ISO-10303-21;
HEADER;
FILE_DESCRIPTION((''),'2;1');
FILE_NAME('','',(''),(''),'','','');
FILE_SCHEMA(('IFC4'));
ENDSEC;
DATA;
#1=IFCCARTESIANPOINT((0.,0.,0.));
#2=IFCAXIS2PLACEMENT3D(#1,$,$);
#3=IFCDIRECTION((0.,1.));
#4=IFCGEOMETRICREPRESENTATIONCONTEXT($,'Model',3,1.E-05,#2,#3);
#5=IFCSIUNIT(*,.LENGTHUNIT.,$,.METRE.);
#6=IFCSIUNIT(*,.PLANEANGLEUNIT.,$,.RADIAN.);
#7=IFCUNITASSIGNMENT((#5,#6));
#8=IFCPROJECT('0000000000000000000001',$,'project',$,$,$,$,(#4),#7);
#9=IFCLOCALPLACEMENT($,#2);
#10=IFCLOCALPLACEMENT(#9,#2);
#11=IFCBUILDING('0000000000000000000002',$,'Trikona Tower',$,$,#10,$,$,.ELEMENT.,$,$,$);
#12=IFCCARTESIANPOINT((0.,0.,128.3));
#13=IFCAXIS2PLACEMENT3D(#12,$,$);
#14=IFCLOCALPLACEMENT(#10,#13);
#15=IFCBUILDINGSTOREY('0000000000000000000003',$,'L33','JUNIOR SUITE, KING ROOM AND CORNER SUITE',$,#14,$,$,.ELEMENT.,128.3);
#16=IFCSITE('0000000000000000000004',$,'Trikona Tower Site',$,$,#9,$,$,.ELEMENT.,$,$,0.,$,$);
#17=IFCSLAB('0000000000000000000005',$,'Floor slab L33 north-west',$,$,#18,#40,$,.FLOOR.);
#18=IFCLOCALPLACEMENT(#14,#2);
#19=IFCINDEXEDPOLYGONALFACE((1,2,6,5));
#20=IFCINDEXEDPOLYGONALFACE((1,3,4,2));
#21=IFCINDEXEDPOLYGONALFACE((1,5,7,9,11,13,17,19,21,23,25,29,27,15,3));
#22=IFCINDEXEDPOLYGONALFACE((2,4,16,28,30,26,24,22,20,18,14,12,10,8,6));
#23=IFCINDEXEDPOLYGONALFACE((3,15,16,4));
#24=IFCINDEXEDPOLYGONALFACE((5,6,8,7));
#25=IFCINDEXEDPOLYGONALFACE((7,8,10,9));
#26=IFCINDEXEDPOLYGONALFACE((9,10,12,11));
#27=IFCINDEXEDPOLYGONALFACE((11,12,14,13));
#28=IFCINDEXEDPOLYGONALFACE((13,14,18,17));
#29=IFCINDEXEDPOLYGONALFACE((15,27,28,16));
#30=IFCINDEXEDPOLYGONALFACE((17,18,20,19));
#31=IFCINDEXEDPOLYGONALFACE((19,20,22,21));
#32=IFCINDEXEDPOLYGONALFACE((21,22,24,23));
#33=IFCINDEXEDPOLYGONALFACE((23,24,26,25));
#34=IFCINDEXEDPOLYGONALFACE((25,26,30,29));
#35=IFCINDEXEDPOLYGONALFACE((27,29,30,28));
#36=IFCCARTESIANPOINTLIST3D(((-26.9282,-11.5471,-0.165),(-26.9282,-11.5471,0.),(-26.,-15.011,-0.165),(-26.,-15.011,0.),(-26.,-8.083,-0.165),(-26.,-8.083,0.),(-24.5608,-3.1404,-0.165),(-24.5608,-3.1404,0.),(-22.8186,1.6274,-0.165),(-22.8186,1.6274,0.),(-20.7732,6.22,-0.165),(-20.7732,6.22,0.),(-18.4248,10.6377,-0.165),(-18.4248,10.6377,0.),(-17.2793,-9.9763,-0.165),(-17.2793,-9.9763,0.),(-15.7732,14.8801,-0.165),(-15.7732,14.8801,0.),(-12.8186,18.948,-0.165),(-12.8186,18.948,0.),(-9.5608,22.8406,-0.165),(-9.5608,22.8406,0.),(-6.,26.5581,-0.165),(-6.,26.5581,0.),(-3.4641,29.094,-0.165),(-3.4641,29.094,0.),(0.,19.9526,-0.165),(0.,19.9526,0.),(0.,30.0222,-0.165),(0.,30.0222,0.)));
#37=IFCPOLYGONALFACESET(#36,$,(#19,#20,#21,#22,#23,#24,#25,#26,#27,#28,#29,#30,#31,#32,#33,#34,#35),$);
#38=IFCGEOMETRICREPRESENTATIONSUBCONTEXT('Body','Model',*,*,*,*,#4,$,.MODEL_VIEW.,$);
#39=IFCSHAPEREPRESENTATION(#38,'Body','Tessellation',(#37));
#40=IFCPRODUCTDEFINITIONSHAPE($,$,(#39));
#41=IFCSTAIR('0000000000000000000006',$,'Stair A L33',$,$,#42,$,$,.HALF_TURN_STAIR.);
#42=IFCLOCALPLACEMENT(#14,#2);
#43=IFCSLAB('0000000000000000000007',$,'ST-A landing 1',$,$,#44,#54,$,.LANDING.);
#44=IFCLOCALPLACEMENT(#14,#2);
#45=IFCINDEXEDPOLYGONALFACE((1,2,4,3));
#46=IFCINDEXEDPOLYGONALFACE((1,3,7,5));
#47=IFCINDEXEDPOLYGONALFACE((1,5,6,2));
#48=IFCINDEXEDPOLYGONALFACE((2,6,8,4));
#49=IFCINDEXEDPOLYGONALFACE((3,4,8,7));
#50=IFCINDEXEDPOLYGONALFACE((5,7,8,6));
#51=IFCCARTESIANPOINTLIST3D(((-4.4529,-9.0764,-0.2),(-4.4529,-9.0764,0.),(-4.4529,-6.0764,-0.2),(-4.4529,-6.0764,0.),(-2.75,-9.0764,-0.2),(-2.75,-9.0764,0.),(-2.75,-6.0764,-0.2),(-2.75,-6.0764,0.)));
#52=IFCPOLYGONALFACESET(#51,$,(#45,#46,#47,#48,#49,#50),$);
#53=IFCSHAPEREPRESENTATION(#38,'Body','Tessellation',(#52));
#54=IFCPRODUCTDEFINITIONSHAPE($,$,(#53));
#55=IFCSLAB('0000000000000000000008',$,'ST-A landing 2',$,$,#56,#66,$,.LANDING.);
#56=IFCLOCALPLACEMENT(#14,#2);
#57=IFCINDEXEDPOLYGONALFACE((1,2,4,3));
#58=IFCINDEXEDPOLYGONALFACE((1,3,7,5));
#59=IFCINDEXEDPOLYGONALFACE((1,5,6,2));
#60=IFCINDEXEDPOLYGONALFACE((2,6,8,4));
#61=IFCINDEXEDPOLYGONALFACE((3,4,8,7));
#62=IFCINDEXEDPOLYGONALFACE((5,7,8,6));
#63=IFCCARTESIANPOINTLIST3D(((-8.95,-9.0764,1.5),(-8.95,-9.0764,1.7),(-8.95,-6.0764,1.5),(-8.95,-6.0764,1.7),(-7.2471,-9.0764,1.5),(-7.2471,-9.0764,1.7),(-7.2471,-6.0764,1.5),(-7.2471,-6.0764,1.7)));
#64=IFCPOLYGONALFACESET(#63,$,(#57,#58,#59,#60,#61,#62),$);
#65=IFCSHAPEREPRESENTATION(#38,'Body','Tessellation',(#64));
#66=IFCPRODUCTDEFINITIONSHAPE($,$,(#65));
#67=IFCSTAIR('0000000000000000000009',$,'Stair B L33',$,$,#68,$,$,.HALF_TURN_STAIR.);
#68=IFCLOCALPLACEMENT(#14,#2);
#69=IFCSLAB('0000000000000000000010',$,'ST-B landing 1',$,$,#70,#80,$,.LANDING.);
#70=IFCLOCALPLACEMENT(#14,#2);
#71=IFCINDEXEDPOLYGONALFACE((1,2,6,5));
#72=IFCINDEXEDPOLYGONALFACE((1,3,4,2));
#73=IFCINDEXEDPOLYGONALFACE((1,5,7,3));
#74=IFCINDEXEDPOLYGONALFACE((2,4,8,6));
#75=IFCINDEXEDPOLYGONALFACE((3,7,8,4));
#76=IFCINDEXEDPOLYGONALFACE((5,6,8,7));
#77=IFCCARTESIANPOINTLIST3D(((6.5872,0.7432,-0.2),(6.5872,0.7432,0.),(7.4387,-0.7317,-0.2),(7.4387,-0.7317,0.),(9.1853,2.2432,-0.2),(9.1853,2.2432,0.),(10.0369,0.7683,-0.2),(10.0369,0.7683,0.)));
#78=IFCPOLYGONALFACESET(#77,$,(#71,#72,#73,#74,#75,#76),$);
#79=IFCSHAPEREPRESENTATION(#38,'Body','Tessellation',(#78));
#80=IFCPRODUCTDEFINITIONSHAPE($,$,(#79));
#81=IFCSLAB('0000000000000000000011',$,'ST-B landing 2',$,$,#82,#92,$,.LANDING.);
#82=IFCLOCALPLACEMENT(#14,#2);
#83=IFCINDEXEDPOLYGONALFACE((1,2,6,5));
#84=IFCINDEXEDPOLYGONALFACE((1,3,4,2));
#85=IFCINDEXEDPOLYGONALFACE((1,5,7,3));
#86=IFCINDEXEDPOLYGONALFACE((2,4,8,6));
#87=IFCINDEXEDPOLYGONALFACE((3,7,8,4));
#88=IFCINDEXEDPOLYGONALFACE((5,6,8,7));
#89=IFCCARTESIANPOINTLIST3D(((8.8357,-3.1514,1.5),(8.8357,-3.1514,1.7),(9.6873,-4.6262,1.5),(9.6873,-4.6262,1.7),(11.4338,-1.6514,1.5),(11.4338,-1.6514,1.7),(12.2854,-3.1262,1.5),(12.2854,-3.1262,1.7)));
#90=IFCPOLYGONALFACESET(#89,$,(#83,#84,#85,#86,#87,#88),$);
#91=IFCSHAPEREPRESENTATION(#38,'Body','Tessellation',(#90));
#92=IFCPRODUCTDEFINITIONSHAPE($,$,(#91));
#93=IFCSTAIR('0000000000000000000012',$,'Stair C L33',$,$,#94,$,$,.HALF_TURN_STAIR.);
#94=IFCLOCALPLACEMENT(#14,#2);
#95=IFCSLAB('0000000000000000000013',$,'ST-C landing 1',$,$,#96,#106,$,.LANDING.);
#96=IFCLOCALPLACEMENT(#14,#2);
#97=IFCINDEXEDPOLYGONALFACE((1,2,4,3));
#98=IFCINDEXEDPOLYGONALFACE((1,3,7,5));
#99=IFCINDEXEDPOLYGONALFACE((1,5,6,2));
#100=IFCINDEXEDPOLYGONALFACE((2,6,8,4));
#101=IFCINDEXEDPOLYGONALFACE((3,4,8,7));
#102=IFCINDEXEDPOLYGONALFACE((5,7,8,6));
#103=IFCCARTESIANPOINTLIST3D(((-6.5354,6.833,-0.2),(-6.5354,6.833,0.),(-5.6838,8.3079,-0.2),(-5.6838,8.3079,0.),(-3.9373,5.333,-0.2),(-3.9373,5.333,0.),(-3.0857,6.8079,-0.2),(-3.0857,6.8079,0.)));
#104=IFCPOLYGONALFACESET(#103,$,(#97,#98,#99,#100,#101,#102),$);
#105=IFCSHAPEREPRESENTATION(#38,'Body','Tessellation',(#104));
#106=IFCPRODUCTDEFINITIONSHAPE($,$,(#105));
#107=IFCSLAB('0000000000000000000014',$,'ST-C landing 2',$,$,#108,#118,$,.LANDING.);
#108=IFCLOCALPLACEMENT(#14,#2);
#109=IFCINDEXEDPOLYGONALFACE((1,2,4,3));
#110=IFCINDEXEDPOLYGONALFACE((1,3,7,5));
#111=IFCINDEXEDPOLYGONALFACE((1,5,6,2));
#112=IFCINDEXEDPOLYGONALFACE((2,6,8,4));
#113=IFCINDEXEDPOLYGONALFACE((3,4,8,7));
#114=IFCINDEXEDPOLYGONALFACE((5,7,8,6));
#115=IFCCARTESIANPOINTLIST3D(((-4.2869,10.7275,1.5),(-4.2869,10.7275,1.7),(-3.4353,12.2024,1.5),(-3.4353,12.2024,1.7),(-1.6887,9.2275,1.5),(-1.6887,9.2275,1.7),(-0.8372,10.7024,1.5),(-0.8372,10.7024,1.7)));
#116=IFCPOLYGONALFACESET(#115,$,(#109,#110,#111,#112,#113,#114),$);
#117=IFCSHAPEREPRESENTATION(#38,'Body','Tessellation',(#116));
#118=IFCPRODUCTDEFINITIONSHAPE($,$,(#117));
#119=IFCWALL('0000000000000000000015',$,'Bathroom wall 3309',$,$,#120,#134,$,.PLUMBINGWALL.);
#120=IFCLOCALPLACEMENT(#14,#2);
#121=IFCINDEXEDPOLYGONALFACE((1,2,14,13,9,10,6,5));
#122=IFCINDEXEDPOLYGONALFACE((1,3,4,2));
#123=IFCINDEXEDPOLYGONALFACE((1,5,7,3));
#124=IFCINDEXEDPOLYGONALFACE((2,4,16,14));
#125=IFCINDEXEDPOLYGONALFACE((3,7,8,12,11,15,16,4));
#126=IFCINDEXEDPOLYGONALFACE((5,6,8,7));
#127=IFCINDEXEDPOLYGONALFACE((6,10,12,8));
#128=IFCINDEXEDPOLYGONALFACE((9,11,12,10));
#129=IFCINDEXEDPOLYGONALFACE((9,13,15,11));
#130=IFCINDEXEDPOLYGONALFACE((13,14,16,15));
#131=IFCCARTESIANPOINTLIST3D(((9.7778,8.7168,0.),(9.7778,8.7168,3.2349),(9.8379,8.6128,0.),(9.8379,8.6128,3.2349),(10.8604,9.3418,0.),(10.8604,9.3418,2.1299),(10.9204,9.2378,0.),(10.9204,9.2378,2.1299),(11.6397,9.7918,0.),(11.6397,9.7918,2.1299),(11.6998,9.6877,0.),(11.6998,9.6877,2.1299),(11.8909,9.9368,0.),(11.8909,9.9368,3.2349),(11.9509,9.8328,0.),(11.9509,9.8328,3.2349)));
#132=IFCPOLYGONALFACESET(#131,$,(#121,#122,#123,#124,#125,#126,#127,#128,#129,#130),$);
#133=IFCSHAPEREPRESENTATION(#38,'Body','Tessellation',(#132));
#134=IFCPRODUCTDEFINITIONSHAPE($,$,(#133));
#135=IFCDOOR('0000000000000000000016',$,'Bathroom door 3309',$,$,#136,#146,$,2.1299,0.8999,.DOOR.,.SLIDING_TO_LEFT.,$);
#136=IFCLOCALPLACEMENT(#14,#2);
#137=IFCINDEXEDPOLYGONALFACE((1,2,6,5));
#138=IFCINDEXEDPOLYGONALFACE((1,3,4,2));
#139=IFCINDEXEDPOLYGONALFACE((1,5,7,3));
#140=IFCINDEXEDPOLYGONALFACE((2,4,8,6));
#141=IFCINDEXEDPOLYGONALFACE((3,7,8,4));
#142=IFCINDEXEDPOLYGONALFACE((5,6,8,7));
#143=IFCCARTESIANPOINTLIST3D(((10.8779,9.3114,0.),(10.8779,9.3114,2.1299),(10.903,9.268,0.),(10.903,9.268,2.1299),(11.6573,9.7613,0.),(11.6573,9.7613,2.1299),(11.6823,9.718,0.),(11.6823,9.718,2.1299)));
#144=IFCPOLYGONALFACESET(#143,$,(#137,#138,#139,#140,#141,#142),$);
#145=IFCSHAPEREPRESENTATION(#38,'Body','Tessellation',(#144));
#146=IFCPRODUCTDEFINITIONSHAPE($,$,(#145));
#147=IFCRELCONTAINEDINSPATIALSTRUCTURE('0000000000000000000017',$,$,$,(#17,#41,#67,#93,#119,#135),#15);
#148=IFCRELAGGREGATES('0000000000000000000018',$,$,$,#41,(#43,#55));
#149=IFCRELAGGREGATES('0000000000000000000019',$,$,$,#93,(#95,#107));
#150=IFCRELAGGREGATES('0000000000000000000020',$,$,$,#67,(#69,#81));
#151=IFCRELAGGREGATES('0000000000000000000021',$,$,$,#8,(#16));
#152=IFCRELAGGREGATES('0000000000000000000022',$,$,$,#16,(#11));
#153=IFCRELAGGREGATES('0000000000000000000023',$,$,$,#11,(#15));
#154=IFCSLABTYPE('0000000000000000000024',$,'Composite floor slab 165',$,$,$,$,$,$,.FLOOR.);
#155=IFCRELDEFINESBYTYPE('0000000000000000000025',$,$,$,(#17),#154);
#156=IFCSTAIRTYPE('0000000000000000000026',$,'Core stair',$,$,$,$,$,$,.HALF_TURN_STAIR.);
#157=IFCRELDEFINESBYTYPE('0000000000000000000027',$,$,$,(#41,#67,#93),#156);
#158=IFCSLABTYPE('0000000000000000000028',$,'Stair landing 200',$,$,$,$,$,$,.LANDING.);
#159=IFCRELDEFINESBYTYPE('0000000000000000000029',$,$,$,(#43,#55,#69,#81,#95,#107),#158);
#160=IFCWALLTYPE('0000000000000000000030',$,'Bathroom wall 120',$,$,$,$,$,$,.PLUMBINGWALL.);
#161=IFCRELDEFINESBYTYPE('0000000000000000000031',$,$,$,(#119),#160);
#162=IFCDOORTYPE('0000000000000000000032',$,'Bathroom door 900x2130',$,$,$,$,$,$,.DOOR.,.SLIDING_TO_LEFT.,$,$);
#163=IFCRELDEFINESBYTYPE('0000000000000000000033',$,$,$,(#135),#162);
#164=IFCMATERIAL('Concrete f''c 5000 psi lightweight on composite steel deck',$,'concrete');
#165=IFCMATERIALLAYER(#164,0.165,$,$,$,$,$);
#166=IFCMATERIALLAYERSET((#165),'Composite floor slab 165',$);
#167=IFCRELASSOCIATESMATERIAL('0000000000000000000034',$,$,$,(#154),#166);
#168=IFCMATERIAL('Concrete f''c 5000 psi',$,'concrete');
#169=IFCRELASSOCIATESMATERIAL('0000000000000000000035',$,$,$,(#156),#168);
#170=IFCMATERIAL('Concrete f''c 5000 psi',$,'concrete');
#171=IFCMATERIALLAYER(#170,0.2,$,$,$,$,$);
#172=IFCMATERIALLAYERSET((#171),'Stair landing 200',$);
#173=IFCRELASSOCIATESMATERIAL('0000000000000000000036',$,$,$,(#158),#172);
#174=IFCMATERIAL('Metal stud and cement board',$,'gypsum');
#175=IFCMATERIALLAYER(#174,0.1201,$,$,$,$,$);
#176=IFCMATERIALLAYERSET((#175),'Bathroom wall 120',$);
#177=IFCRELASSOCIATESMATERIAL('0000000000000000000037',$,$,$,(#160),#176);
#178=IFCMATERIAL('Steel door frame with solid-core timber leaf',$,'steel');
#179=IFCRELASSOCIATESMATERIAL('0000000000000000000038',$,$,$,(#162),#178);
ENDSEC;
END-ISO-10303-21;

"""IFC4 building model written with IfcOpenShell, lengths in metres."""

from ifc_helpers import new_model, si_unit, direction, frame, frame_2d, origin, place, context, subcontext, project, spatial, polyline, rectangle, outline, extrude, material, layer, layer_set, type_object, element, fill, aggregate, save


model = new_model("IFC4")

# Units and contexts
model_context = context("Model", 3, precision=1e-05, world=origin(), true_north=direction((0.0, 1.0)))
body_context = subcontext(model_context, "Body", "Model", "MODEL_VIEW")
ifc_project = project(units=[si_unit("LENGTHUNIT", "METRE"), si_unit("PLANEANGLEUNIT", "RADIAN")], contexts=[model_context])

# Site, building, storey
site_placement = place(None, origin())
site = spatial("IfcSite", under=ifc_project, at=site_placement, Name="Trikona Tower Site", CompositionType="ELEMENT", RefElevation=0.0)
building_placement = place(site_placement, origin())
building = spatial("IfcBuilding", under=site, at=building_placement, Name="Trikona Tower", CompositionType="ELEMENT")
storey_placement = place(building_placement, frame((0.0, 0.0, 128.3)))
storey = spatial("IfcBuildingStorey", under=building, at=storey_placement, Name="L33", Description="JUNIOR SUITE, KING ROOM AND CORNER SUITE", CompositionType="ELEMENT", Elevation=128.3)

# Slab
ifc_material_1 = material(Name="Concrete f'c 5000 psi lightweight on composite steel deck", Category="concrete")
ifc_layer_1 = layer(ifc_material_1, 0.165)
ifc_layer_set_1 = layer_set([ifc_layer_1], Name="Composite floor slab 165")
slab_type_1 = type_object("IfcSlabType", Name="Composite floor slab 165", PredefinedType="FLOOR", material=ifc_layer_set_1)
slab_1_placement = place(storey_placement, frame((0.0, 0.0, -0.165)))
element("IfcSlab", 1, at=slab_1_placement, inside=storey, type_object=slab_type_1, Name="Floor slab L33 north-west", PredefinedType="FLOOR", context=body_context, shape_type="SweptSolid", body=[
    extrude(outline(polyline([(0.0, 19.9526), (0.0, 30.0222), (-3.4641, 29.094), (-6.0, 26.5581), (-9.5608, 22.8406), (-12.8186, 18.948), (-15.7732, 14.8801), (-18.4248, 10.6377), (-20.7732, 6.22), (-22.8186, 1.6274), (-24.5608, -3.1404), (-26.0, -8.083), (-26.9282, -11.5471), (-26.0, -15.011), (-17.2793, -9.9763), (0.0, 19.9526)])), origin(), (0.0, 0.0, 1.0), 0.165),
])

# Stairs, slabs
ifc_material_2 = material(Name="Concrete f'c 5000 psi", Category="concrete")
stair_type = type_object("IfcStairType", Name="Core stair", PredefinedType="HALF_TURN_STAIR", material=ifc_material_2)
stair_1_placement = place(storey_placement, origin())
stair_1 = element("IfcStair", 2, at=stair_1_placement, inside=storey, type_object=stair_type, Name="Stair A L33", PredefinedType="HALF_TURN_STAIR")
ifc_material_3 = material(Name="Concrete f'c 5000 psi", Category="concrete")
ifc_layer_2 = layer(ifc_material_3, 0.2)
ifc_layer_set_2 = layer_set([ifc_layer_2], Name="Stair landing 200")
slab_type_2 = type_object("IfcSlabType", Name="Stair landing 200", PredefinedType="LANDING", material=ifc_layer_set_2)
slab_2_placement = place(storey_placement, frame((0.0, 0.0, -0.2)))
slab_2 = element("IfcSlab", 3, at=slab_2_placement, type_object=slab_type_2, Name="ST-A landing 1", PredefinedType="LANDING", context=body_context, shape_type="SweptSolid", body=[
    extrude(outline(polyline([(-4.4529, -6.0764), (-2.75, -6.0764), (-2.75, -9.0764), (-4.4529, -9.0764), (-4.4529, -6.0764)])), origin(), (0.0, 0.0, 1.0), 0.2),
])
slab_3_placement = place(storey_placement, frame((0.0, 0.0, 1.5)))
slab_3 = element("IfcSlab", 4, at=slab_3_placement, type_object=slab_type_2, Name="ST-A landing 2", PredefinedType="LANDING", context=body_context, shape_type="SweptSolid", body=[
    extrude(outline(polyline([(-8.95, -6.0764), (-7.2471, -6.0764), (-7.2471, -9.0764), (-8.95, -9.0764), (-8.95, -6.0764)])), origin(), (0.0, 0.0, 1.0), 0.2),
])
aggregate(stair_1, [slab_2, slab_3])
stair_2_placement = place(storey_placement, origin())
stair_2 = element("IfcStair", 5, at=stair_2_placement, inside=storey, type_object=stair_type, Name="Stair B L33", PredefinedType="HALF_TURN_STAIR")
slab_4_placement = place(storey_placement, frame((0.0, 0.0, -0.2)))
slab_4 = element("IfcSlab", 6, at=slab_4_placement, type_object=slab_type_2, Name="ST-B landing 1", PredefinedType="LANDING", context=body_context, shape_type="SweptSolid", body=[
    extrude(outline(polyline([(7.4387, -0.7317), (6.5872, 0.7432), (9.1853, 2.2432), (10.0369, 0.7683), (7.4387, -0.7317)])), origin(), (0.0, 0.0, 1.0), 0.2),
])
slab_5_placement = place(storey_placement, frame((0.0, 0.0, 1.5)))
slab_5 = element("IfcSlab", 7, at=slab_5_placement, type_object=slab_type_2, Name="ST-B landing 2", PredefinedType="LANDING", context=body_context, shape_type="SweptSolid", body=[
    extrude(outline(polyline([(9.6873, -4.6262), (8.8357, -3.1514), (11.4338, -1.6514), (12.2854, -3.1262), (9.6873, -4.6262)])), origin(), (0.0, 0.0, 1.0), 0.2),
])
stair_3_placement = place(storey_placement, origin())
stair_3 = element("IfcStair", 8, at=stair_3_placement, inside=storey, type_object=stair_type, Name="Stair C L33", PredefinedType="HALF_TURN_STAIR")
slab_6_placement = place(storey_placement, frame((0.0, 0.0, -0.2)))
slab_6 = element("IfcSlab", 9, at=slab_6_placement, type_object=slab_type_2, Name="ST-C landing 1", PredefinedType="LANDING", context=body_context, shape_type="SweptSolid", body=[
    extrude(outline(polyline([(-3.0857, 6.8079), (-3.9373, 5.333), (-6.5354, 6.833), (-5.6838, 8.3079), (-3.0857, 6.8079)])), origin(), (0.0, 0.0, 1.0), 0.2),
])
slab_7_placement = place(storey_placement, frame((0.0, 0.0, 1.5)))
slab_7 = element("IfcSlab", 10, at=slab_7_placement, type_object=slab_type_2, Name="ST-C landing 2", PredefinedType="LANDING", context=body_context, shape_type="SweptSolid", body=[
    extrude(outline(polyline([(-0.8372, 10.7024), (-1.6887, 9.2275), (-4.2869, 10.7275), (-3.4353, 12.2024), (-0.8372, 10.7024)])), origin(), (0.0, 0.0, 1.0), 0.2),
])
aggregate(stair_3, [slab_6, slab_7])

# Wall, opening, door
ifc_material_4 = material(Name="Metal stud and cement board", Category="gypsum")
ifc_layer_3 = layer(ifc_material_4, 0.1201)
ifc_layer_set_3 = layer_set([ifc_layer_3], Name="Bathroom wall 120")
wall_type_1 = type_object("IfcWallType", Name="Bathroom wall 120", PredefinedType="PLUMBINGWALL", material=ifc_layer_set_3)
wall_1_placement = place(storey_placement, frame((9.8079, 8.6648, 0.0), z_axis=(0.0, 0.0, 1.0), x_axis=(0.866024, 0.500003, 0.0)))
wall_1 = element("IfcWall", 11, at=wall_1_placement, inside=storey, type_object=wall_type_1, Name="Bathroom wall 3309", PredefinedType="PLUMBINGWALL", context=body_context, shape_type="SweptSolid", body=[
    extrude(rectangle(XDim=2.4399, YDim=0.1201, at=frame_2d((1.22, 0.0))), origin(), (0.0, 0.0, 1.0), 3.2349),
])
opening_1_placement = place(wall_1_placement, frame((1.25, 0.0, 0.0)))
opening_1 = element("IfcOpeningElement", 12, at=opening_1_placement, cuts=wall_1, PredefinedType="OPENING", context=body_context, shape_type="SweptSolid", body=[
    extrude(rectangle(XDim=0.8999, YDim=2.1299, at=frame_2d((0.45, 1.0649))), frame((0.0, 0.0701, 0.0), z_axis=(0.0, -1.0, 0.0), x_axis=(1.0, 0.0, 0.0)), (0.0, 0.0, 1.0), 0.1401),
])
ifc_material_5 = material(Name="Steel door frame with solid-core timber leaf", Category="steel")
door_type_1 = type_object("IfcDoorType", Name="Bathroom door 900x2130", OperationType="SLIDING_TO_LEFT", PredefinedType="DOOR", material=ifc_material_5)
door_1_placement = place(opening_1_placement, origin())
door_1 = element("IfcDoor", 13, at=door_1_placement, inside=storey, type_object=door_type_1, Name="Bathroom door 3309", OperationType="SLIDING_TO_LEFT", OverallHeight=2.1299, OverallWidth=0.8999, PredefinedType="DOOR", context=body_context, shape_type="SweptSolid", body=[
    extrude(rectangle(XDim=0.8999, YDim=2.1299, at=frame_2d((0.45, 1.0649))), frame((0.0, 0.0249, 0.0), z_axis=(0.0, -1.0, 0.0), x_axis=(1.0, 0.0, 0.0)), (0.0, 0.0, 1.0), 0.05),
])
fill(opening_1, door_1)

aggregate(stair_2, [slab_4, slab_5])

save(model, "model.ifc")
